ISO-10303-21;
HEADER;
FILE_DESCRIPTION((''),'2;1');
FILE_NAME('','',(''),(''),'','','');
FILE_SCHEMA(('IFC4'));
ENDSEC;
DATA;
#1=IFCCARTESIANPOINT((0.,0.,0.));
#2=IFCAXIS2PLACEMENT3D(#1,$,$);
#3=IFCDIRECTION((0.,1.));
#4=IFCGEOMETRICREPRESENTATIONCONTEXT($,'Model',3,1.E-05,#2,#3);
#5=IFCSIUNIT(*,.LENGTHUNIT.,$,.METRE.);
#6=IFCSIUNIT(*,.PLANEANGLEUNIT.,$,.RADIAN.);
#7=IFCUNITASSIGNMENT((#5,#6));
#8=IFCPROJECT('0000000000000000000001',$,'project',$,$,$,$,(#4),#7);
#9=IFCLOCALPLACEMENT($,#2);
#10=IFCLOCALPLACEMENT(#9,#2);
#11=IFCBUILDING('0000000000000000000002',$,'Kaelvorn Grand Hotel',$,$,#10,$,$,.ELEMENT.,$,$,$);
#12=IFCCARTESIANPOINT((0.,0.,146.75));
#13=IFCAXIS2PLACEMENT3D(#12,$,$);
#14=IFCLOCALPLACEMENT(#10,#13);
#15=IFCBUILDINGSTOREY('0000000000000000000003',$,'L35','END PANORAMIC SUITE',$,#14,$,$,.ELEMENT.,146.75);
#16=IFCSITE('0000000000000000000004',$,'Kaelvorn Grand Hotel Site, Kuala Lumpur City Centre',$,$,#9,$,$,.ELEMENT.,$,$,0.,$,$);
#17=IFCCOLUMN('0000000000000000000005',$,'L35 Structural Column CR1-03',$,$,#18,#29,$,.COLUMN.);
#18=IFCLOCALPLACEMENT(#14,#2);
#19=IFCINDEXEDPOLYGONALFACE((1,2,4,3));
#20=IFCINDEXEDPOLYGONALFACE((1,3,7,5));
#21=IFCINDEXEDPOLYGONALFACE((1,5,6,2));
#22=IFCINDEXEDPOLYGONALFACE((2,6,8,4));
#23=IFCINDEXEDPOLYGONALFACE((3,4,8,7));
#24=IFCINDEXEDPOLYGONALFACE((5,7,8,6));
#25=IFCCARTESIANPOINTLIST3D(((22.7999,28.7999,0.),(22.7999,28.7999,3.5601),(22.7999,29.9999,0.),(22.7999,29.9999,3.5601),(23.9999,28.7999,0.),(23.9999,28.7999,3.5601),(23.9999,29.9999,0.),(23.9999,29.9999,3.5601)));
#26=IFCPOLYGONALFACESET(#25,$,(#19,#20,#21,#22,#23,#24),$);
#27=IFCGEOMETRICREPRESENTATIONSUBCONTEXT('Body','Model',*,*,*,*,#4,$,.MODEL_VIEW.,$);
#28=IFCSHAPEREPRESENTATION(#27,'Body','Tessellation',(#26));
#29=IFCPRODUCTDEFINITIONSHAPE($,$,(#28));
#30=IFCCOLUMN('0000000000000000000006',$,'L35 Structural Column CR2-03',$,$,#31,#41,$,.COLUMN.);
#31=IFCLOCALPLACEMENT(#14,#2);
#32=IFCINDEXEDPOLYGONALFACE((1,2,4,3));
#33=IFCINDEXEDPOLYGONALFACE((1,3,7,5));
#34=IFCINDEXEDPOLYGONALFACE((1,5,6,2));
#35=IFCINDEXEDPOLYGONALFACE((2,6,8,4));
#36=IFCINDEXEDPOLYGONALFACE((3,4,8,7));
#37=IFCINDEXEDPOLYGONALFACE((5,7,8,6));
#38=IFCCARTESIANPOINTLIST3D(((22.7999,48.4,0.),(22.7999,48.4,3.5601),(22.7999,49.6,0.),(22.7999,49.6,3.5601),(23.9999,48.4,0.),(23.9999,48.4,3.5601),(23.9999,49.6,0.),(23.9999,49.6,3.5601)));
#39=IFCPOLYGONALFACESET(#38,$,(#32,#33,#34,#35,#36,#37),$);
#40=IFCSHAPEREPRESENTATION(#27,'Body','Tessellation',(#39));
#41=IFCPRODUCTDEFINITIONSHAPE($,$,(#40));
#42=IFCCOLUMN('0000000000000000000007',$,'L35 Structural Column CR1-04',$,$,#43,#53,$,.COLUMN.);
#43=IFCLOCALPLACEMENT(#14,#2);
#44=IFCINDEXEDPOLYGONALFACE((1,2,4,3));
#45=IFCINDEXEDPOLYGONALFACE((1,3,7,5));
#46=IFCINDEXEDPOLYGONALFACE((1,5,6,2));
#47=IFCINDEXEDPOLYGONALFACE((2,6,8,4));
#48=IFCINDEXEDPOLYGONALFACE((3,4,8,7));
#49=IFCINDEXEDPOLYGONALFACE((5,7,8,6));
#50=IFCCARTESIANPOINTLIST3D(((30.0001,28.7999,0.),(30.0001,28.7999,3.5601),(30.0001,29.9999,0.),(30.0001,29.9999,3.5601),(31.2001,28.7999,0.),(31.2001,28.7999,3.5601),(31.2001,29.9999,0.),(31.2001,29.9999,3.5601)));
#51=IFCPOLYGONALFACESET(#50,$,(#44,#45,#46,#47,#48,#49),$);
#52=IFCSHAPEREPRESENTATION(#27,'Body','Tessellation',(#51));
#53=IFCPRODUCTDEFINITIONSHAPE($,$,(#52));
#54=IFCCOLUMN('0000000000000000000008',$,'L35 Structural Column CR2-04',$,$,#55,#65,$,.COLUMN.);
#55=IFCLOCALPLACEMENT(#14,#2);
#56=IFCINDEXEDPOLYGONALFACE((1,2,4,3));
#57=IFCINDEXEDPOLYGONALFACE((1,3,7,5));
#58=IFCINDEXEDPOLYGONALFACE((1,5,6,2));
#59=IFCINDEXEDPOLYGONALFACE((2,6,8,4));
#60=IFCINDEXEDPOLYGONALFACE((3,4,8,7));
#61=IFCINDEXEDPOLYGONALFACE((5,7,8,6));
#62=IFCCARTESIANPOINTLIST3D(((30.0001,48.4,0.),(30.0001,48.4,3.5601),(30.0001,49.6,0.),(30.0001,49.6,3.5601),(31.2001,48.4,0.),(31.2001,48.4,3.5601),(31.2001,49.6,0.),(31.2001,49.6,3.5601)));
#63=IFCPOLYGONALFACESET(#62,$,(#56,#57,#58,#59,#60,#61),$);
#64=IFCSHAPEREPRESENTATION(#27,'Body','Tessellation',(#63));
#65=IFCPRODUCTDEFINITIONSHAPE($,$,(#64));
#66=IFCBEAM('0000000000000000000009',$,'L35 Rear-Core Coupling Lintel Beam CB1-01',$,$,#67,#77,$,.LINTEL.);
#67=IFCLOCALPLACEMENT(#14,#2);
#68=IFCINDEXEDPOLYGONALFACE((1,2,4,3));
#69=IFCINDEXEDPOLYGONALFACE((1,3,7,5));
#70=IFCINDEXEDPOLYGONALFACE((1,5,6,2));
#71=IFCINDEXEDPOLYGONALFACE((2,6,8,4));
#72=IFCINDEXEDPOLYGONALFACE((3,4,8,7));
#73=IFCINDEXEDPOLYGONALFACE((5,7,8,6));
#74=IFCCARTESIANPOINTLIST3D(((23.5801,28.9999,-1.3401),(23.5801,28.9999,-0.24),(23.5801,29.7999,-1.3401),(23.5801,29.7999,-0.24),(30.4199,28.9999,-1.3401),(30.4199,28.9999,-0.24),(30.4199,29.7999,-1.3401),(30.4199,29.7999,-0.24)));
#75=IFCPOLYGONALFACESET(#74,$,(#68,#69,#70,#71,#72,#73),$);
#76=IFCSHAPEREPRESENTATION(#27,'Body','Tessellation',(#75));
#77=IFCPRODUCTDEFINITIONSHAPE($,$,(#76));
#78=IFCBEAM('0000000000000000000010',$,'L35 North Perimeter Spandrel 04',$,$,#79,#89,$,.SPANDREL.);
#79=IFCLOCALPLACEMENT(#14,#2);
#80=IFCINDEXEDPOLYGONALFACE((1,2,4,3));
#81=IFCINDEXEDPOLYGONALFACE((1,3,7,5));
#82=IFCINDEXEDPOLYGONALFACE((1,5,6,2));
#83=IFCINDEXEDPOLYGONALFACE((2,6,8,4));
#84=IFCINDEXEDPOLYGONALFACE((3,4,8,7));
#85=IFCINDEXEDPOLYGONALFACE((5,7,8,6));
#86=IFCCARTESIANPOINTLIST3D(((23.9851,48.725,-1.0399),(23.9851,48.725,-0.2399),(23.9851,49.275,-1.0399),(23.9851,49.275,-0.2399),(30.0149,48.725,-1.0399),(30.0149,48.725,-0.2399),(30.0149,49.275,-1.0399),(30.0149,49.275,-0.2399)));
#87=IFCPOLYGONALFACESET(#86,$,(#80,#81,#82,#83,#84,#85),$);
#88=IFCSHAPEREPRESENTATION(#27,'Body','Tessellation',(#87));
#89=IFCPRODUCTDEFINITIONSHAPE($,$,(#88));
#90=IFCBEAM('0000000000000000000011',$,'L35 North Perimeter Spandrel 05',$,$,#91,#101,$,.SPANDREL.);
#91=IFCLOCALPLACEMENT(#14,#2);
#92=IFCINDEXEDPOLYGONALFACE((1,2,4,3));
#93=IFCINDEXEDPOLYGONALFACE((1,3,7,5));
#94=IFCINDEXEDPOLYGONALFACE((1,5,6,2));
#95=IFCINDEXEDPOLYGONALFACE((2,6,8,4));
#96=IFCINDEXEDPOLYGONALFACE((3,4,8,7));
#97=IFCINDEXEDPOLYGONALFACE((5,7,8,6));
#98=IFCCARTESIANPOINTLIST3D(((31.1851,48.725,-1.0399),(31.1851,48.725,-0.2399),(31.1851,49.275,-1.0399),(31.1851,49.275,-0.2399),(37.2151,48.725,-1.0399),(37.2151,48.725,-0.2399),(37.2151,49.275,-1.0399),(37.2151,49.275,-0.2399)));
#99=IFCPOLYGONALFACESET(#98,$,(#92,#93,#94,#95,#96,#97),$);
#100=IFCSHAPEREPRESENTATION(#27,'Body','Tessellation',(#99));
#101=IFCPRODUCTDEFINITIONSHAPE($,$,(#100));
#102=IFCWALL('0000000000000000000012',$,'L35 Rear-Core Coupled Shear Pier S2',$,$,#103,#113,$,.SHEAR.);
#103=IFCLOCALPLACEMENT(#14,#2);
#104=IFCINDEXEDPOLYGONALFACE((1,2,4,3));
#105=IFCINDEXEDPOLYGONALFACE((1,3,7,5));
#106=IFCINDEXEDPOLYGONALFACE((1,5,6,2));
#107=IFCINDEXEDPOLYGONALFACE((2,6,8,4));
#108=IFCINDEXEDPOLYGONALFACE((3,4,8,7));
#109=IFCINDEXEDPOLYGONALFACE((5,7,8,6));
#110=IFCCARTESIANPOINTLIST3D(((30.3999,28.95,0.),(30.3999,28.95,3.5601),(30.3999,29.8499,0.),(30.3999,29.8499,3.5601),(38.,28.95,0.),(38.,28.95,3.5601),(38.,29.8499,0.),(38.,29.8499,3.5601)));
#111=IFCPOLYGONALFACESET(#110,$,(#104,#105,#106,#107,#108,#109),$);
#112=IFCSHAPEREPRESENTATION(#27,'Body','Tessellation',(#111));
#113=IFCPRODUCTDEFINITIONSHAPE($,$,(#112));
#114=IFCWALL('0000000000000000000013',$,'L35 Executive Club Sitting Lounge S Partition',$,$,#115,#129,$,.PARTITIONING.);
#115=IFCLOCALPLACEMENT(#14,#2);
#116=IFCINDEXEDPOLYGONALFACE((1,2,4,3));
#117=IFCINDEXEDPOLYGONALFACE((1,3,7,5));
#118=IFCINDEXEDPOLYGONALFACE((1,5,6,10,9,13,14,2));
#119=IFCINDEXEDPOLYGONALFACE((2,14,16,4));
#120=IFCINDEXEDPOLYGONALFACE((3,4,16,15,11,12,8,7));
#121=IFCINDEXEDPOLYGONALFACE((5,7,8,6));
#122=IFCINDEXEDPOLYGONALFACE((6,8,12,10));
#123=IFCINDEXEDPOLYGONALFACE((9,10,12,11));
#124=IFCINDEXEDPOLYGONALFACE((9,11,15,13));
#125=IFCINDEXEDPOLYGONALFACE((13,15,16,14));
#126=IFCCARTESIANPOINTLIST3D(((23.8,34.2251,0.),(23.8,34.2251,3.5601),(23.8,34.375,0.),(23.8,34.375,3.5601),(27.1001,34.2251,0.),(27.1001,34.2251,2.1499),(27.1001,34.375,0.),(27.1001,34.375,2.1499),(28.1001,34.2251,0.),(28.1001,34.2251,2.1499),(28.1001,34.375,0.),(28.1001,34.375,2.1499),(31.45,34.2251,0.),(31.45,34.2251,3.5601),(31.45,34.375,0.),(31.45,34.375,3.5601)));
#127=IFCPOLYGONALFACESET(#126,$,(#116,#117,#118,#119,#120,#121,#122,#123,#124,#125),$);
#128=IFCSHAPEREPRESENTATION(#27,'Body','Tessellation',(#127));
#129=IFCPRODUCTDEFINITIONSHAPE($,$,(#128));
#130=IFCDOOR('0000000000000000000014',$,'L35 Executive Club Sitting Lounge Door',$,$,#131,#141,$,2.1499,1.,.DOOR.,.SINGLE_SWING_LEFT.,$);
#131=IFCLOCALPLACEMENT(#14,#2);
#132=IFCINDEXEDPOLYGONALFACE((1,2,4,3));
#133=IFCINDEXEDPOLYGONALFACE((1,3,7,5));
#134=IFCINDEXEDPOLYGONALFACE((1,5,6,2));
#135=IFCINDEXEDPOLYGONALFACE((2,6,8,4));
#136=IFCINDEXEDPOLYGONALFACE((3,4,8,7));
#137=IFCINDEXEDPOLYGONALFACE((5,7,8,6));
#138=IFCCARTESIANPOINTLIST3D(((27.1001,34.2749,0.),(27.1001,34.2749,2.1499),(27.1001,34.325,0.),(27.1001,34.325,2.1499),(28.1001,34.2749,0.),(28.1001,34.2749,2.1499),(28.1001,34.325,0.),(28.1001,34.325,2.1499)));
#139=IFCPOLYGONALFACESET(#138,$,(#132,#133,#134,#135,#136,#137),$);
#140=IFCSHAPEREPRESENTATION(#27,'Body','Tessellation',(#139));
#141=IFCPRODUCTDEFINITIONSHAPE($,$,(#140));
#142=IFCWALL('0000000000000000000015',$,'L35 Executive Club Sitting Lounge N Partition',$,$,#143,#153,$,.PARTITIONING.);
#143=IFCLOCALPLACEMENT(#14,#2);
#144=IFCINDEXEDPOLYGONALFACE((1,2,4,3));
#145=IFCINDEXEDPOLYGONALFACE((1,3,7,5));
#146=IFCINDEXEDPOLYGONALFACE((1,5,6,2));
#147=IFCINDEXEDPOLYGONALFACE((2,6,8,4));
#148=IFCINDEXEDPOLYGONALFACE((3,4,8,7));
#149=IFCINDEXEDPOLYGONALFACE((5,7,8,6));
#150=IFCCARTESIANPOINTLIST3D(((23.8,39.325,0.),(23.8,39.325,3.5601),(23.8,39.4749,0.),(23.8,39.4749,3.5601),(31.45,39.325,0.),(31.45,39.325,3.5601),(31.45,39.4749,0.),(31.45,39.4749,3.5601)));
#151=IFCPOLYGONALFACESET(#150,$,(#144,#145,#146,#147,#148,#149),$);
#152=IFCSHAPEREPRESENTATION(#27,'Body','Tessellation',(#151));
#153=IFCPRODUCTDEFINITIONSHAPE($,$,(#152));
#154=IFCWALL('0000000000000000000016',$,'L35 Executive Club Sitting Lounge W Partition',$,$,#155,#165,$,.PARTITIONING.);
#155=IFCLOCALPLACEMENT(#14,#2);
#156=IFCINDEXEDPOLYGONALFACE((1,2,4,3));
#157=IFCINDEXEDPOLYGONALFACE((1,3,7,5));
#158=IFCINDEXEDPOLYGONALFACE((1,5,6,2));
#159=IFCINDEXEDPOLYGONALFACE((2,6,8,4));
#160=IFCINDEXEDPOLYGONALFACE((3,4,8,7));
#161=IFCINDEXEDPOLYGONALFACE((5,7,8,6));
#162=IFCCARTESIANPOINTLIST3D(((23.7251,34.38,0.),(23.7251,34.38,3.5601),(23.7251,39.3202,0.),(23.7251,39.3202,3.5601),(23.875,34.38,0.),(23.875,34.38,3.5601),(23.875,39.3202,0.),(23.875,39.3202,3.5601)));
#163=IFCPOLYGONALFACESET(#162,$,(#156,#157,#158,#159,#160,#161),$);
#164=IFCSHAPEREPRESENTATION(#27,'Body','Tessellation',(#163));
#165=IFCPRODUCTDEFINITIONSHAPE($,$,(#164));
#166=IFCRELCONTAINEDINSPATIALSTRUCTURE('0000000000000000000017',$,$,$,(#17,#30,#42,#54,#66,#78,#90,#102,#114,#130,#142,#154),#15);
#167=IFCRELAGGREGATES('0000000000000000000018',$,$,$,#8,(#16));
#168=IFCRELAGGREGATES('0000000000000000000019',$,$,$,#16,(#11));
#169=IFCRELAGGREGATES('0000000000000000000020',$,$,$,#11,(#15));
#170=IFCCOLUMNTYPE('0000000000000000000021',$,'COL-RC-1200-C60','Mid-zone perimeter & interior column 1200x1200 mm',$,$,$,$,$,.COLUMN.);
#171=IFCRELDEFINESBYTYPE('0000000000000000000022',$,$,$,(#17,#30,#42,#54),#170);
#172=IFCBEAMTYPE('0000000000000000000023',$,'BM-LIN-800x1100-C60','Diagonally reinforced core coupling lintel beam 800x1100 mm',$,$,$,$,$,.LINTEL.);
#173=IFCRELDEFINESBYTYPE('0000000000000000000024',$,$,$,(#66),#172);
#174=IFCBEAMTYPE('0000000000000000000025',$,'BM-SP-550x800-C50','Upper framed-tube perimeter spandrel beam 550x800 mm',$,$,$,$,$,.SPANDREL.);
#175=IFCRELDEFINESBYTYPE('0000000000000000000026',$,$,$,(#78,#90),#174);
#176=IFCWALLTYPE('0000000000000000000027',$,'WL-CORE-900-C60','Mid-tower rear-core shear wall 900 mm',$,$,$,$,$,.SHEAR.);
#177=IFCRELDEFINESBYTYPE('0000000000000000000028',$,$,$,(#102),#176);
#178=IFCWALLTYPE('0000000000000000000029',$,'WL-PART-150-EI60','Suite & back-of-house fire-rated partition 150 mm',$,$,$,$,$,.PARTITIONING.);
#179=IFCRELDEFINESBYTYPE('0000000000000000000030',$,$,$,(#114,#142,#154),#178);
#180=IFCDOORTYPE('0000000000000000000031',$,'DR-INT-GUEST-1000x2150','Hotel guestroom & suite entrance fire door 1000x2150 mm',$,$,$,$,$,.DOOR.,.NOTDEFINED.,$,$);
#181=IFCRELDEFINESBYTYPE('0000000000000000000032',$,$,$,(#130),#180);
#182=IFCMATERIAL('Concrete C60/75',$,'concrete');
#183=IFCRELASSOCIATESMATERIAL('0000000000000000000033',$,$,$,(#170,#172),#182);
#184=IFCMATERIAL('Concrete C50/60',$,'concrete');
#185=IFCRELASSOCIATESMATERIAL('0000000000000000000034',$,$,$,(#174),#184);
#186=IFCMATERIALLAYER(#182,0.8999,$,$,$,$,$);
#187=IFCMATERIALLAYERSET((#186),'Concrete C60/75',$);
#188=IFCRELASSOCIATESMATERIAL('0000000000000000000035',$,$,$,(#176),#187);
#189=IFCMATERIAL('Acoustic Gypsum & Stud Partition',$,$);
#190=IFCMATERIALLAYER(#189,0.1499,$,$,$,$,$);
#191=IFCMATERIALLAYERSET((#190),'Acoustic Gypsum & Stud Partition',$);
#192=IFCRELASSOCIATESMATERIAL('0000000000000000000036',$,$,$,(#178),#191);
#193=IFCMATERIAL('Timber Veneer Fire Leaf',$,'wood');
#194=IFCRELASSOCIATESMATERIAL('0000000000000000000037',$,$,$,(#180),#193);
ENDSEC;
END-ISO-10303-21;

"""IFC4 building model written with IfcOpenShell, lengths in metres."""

from ifc_helpers import new_model, si_unit, direction, frame, frame_2d, origin, origin_2d, place, context, subcontext, project, spatial, rectangle, extrude, material, layer, layer_set, material_profile, profile_set, type_object, element, fill, save


model = new_model("IFC4")

# Units and contexts
model_context = context("Model", 3, precision=1e-05, world=origin(), true_north=direction((0.0, 1.0)))
body_context = subcontext(model_context, "Body", "Model", "MODEL_VIEW")
ifc_project = project(units=[si_unit("LENGTHUNIT", "METRE"), si_unit("PLANEANGLEUNIT", "RADIAN")], contexts=[model_context])

# Site, building, storey
site_placement = place(None, origin())
site = spatial("IfcSite", under=ifc_project, at=site_placement, Name="Kaelvorn Grand Hotel Site, Kuala Lumpur City Centre", CompositionType="ELEMENT", RefElevation=0.0)
building_placement = place(site_placement, origin())
building = spatial("IfcBuilding", under=site, at=building_placement, Name="Kaelvorn Grand Hotel", CompositionType="ELEMENT")
storey_placement = place(building_placement, frame((0.0, 0.0, 146.75)))
storey = spatial("IfcBuildingStorey", under=building, at=storey_placement, Name="L35", Description="END PANORAMIC SUITE", CompositionType="ELEMENT", Elevation=146.75)

# Columns
ifc_material_1 = material(Name="Concrete C60/75", Category="concrete")
ifc_material_profile_1 = material_profile(ifc_material_1, rectangle(XDim=1.2, YDim=1.2, at=origin_2d()), Name="RC COL 1200x1200")
ifc_profile_set_1 = profile_set([ifc_material_profile_1], Name="Concrete C60/75")
column_type = type_object("IfcColumnType", Name="COL-RC-1200-C60", Description="Mid-zone perimeter & interior column 1200x1200 mm", PredefinedType="COLUMN", material=ifc_profile_set_1)
for number, where, z_axis, x_axis, name in (
    (1, (23.3999, 29.3999, 0.0), (0.0, 0.0, 1.0), (1.0, 0.0, 0.0), "L35 Structural Column CR1-03"),
    (2, (23.3999, 49.0, 0.0), (0.0, 0.0, 1.0), (1.0, 0.0, 0.0), "L35 Structural Column CR2-03"),
    (3, (30.6001, 29.3999, 0.0), (0.0, 0.0, 1.0), (1.0, 0.0, 0.0), "L35 Structural Column CR1-04"),
    (4, (30.6001, 49.0, 0.0), (0.0, 0.0, 1.0), (1.0, 0.0, 0.0), "L35 Structural Column CR2-04"),
):
    element("IfcColumn", number, at=place(storey_placement, frame(where, z_axis=z_axis, x_axis=x_axis)), inside=storey, type_object=column_type, Name=name, PredefinedType="COLUMN", context=body_context, shape_type="SweptSolid", body=[
        extrude(rectangle(XDim=1.2, YDim=1.2, at=origin_2d()), origin(), (0.0, 0.0, 1.0), 3.5601),
    ])

# Beams
ifc_material_profile_2 = material_profile(ifc_material_1, rectangle(XDim=0.8, YDim=1.1001, at=origin_2d()), Name="RC LINTEL 800x1100")
ifc_profile_set_2 = profile_set([ifc_material_profile_2], Name="Concrete C60/75")
beam_type_1 = type_object("IfcBeamType", Name="BM-LIN-800x1100-C60", Description="Diagonally reinforced core coupling lintel beam 800x1100 mm", PredefinedType="LINTEL", material=ifc_profile_set_2)
beam_1_placement = place(storey_placement, frame((23.5801, 29.3999, -0.79), z_axis=(1.0, 0.0, 0.0), x_axis=(0.0, 1.0, 0.0)))
element("IfcBeam", 5, at=beam_1_placement, inside=storey, type_object=beam_type_1, Name="L35 Rear-Core Coupling Lintel Beam CB1-01", PredefinedType="LINTEL", context=body_context, shape_type="SweptSolid", body=[
    extrude(rectangle(XDim=0.8, YDim=1.1001, at=origin_2d()), origin(), (0.0, 0.0, 1.0), 6.8398),
])
ifc_material_2 = material(Name="Concrete C50/60", Category="concrete")
ifc_material_profile_3 = material_profile(ifc_material_2, rectangle(XDim=0.55, YDim=0.8, at=origin_2d()), Name="RC SPANDREL 550x800")
ifc_profile_set_3 = profile_set([ifc_material_profile_3], Name="Concrete C50/60")
beam_type_2 = type_object("IfcBeamType", Name="BM-SP-550x800-C50", Description="Upper framed-tube perimeter spandrel beam 550x800 mm", PredefinedType="SPANDREL", material=ifc_profile_set_3)
beam_2_placement = place(storey_placement, frame((23.9851, 49.0, -0.6399), z_axis=(1.0, 0.0, 0.0), x_axis=(0.0, 1.0, 0.0)))
element("IfcBeam", 6, at=beam_2_placement, inside=storey, type_object=beam_type_2, Name="L35 North Perimeter Spandrel 04", PredefinedType="SPANDREL", context=body_context, shape_type="SweptSolid", body=[
    extrude(rectangle(XDim=0.55, YDim=0.8, at=origin_2d()), origin(), (0.0, 0.0, 1.0), 6.0298),
])
beam_3_placement = place(storey_placement, frame((31.1851, 49.0, -0.6399), z_axis=(1.0, 0.0, 0.0), x_axis=(0.0, 1.0, 0.0)))
element("IfcBeam", 7, at=beam_3_placement, inside=storey, type_object=beam_type_2, Name="L35 North Perimeter Spandrel 05", PredefinedType="SPANDREL", context=body_context, shape_type="SweptSolid", body=[
    extrude(rectangle(XDim=0.55, YDim=0.8, at=origin_2d()), origin(), (0.0, 0.0, 1.0), 6.03),
])

# Wall
ifc_layer_1 = layer(ifc_material_1, 0.8999)
ifc_layer_set_1 = layer_set([ifc_layer_1], Name="Concrete C60/75")
wall_type_1 = type_object("IfcWallType", Name="WL-CORE-900-C60", Description="Mid-tower rear-core shear wall 900 mm", PredefinedType="SHEAR", material=ifc_layer_set_1)
wall_1_placement = place(storey_placement, frame((30.3999, 29.3999, 0.0), z_axis=(0.0, 0.0, 1.0), x_axis=(1.0, 0.0, 0.0)))
element("IfcWall", 8, at=wall_1_placement, inside=storey, type_object=wall_type_1, Name="L35 Rear-Core Coupled Shear Pier S2", PredefinedType="SHEAR", context=body_context, shape_type="SweptSolid", body=[
    extrude(rectangle(XDim=7.6001, YDim=0.8999, at=frame_2d((3.8, 0.0))), origin(), (0.0, 0.0, 1.0), 3.5601),
])

# Wall, opening, door
ifc_material_3 = material(Name="Acoustic Gypsum & Stud Partition")
ifc_layer_2 = layer(ifc_material_3, 0.1499)
ifc_layer_set_2 = layer_set([ifc_layer_2], Name="Acoustic Gypsum & Stud Partition")
wall_type_2 = type_object("IfcWallType", Name="WL-PART-150-EI60", Description="Suite & back-of-house fire-rated partition 150 mm", PredefinedType="PARTITIONING", material=ifc_layer_set_2)
wall_2_placement = place(storey_placement, frame((23.8, 34.3, 0.0), z_axis=(0.0, 0.0, 1.0), x_axis=(1.0, 0.0, 0.0)))
wall_2 = element("IfcWall", 9, at=wall_2_placement, inside=storey, type_object=wall_type_2, Name="L35 Executive Club Sitting Lounge S Partition", PredefinedType="PARTITIONING", context=body_context, shape_type="SweptSolid", body=[
    extrude(rectangle(XDim=7.6499, YDim=0.1499, at=frame_2d((3.825, 0.0))), origin(), (0.0, 0.0, 1.0), 3.5601),
])
opening_1_placement = place(wall_2_placement, frame((3.3, 0.0, 0.0)))
opening_1 = element("IfcOpeningElement", 10, at=opening_1_placement, cuts=wall_2, PredefinedType="OPENING", context=body_context, shape_type="SweptSolid", body=[
    extrude(rectangle(XDim=1.0, YDim=2.1499, at=frame_2d((0.5, 1.075))), frame((0.0, 0.085, 0.0), z_axis=(0.0, -1.0, 0.0), x_axis=(1.0, 0.0, 0.0)), (0.0, 0.0, 1.0), 0.1699),
])
ifc_material_4 = material(Name="Timber Veneer Fire Leaf", Category="wood")
door_type_1 = type_object("IfcDoorType", Name="DR-INT-GUEST-1000x2150", Description="Hotel guestroom & suite entrance fire door 1000x2150 mm", OperationType="NOTDEFINED", PredefinedType="DOOR", material=ifc_material_4)
door_1_placement = place(opening_1_placement, origin())
door_1 = element("IfcDoor", 11, at=door_1_placement, inside=storey, type_object=door_type_1, Name="L35 Executive Club Sitting Lounge Door", OperationType="SINGLE_SWING_LEFT", OverallHeight=2.1499, OverallWidth=1.0, PredefinedType="DOOR", context=body_context, shape_type="SweptSolid", body=[
    extrude(rectangle(XDim=1.0, YDim=2.1499, at=frame_2d((0.5, 1.075))), frame((0.0, 0.0249, 0.0), z_axis=(0.0, -1.0, 0.0), x_axis=(1.0, 0.0, 0.0)), (0.0, 0.0, 1.0), 0.05),
])
fill(opening_1, door_1)

# Walls
wall_3_placement = place(storey_placement, frame((23.8, 39.3999, 0.0), z_axis=(0.0, 0.0, 1.0), x_axis=(1.0, 0.0, 0.0)))
element("IfcWall", 12, at=wall_3_placement, inside=storey, type_object=wall_type_2, Name="L35 Executive Club Sitting Lounge N Partition", PredefinedType="PARTITIONING", context=body_context, shape_type="SweptSolid", body=[
    extrude(rectangle(XDim=7.6499, YDim=0.1499, at=frame_2d((3.825, 0.0))), origin(), (0.0, 0.0, 1.0), 3.5601),
])
wall_4_placement = place(storey_placement, frame((23.8, 34.3799, 0.0), z_axis=(0.0, 0.0, 1.0), x_axis=(0.0, 1.0, 0.0)))
element("IfcWall", 13, at=wall_4_placement, inside=storey, type_object=wall_type_2, Name="L35 Executive Club Sitting Lounge W Partition", PredefinedType="PARTITIONING", context=body_context, shape_type="SweptSolid", body=[
    extrude(rectangle(XDim=4.9402, YDim=0.1499, at=frame_2d((2.4702, 0.0))), origin(), (0.0, 0.0, 1.0), 3.5601),
])

save(model, "model.ifc")
